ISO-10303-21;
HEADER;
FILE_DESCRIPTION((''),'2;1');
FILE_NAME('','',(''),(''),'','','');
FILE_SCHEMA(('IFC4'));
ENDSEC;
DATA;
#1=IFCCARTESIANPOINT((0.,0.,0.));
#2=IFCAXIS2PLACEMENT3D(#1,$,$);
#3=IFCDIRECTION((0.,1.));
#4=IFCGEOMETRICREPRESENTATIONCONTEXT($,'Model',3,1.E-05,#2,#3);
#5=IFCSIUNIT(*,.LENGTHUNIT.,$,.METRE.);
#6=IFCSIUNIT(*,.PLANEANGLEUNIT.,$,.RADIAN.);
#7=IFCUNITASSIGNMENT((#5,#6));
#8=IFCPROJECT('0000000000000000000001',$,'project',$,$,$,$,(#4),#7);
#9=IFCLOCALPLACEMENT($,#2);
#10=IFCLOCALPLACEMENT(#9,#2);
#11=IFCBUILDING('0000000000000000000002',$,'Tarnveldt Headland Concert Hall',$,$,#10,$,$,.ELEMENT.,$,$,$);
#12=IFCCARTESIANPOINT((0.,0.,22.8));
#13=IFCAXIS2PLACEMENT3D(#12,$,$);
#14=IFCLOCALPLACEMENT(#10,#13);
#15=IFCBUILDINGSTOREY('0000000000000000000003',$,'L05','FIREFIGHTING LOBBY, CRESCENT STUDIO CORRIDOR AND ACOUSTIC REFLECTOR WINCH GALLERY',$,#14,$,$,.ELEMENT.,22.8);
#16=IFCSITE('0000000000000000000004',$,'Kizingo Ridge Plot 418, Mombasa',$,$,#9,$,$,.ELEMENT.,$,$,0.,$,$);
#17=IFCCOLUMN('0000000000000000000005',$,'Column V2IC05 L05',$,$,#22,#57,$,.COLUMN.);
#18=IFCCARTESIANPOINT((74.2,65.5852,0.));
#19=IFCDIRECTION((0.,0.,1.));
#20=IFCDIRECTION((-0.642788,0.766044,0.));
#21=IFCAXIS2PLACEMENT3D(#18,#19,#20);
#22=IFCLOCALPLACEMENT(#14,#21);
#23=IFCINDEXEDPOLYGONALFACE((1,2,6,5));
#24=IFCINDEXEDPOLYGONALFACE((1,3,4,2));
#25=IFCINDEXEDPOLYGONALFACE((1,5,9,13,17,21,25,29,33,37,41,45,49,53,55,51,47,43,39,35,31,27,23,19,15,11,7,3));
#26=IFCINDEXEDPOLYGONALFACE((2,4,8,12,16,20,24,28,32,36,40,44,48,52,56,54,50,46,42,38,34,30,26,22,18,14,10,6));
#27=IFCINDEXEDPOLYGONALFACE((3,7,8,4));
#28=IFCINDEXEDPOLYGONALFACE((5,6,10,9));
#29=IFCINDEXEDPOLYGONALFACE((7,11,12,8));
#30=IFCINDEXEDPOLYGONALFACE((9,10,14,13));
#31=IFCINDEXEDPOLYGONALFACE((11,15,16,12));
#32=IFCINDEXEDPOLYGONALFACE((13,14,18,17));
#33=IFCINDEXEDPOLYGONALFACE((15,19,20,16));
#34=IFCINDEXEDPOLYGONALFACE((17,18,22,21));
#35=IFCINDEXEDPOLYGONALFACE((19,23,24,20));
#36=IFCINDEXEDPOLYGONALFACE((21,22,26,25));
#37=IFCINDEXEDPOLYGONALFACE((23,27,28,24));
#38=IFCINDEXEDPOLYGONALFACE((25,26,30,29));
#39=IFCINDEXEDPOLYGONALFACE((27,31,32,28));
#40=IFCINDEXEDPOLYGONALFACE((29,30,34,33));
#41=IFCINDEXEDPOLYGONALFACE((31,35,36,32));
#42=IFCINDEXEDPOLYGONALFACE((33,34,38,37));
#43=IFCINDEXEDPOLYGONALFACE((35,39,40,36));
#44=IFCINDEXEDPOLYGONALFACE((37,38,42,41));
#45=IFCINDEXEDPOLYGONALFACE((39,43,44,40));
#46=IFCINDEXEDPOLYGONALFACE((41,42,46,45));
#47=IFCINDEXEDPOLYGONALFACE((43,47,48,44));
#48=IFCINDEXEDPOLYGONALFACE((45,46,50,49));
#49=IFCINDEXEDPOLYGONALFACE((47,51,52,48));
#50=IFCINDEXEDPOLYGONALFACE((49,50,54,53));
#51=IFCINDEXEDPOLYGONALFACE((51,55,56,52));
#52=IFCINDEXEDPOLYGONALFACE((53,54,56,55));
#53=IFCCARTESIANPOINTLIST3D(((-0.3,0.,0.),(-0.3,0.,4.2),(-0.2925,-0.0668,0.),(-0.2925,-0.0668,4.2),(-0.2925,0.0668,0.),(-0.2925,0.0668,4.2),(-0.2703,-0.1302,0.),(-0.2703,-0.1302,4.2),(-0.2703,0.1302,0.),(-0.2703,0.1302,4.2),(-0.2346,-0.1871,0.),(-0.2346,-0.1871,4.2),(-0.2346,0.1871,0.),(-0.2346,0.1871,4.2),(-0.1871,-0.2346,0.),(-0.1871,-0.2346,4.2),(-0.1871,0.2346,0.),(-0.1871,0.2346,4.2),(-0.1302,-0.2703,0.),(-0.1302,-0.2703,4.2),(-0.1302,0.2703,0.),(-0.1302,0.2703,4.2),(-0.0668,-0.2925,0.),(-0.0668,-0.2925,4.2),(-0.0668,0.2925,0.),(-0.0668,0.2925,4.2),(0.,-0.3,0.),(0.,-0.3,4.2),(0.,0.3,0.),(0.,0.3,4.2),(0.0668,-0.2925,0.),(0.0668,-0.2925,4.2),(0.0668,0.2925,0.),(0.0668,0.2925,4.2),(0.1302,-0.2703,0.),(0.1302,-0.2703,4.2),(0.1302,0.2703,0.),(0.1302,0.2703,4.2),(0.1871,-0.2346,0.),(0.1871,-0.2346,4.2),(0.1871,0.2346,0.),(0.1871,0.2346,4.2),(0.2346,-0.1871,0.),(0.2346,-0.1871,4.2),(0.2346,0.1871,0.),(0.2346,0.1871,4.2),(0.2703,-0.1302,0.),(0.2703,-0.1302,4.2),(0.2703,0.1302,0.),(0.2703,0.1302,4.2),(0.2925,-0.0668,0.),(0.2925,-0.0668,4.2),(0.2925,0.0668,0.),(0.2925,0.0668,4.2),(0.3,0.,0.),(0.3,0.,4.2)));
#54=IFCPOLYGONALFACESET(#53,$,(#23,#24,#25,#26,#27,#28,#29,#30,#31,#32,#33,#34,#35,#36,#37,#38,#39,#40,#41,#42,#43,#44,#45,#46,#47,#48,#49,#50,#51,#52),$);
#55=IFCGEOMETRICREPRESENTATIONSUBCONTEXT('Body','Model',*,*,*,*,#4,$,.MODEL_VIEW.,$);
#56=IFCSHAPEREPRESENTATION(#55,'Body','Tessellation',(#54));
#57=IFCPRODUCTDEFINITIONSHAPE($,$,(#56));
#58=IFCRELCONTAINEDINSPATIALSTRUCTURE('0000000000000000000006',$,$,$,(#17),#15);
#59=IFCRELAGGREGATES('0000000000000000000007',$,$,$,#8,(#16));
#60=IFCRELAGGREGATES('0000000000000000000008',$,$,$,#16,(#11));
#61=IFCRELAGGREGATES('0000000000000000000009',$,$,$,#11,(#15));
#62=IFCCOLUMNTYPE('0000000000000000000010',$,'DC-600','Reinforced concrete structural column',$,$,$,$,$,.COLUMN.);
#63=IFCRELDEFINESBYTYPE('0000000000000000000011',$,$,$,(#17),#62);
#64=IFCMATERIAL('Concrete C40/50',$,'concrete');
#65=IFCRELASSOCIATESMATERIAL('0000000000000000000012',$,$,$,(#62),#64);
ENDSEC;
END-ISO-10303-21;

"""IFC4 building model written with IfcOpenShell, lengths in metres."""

from ifc_helpers import new_model, si_unit, direction, frame, origin, origin_2d, place, context, subcontext, project, spatial, circle, extrude, material, material_profile, profile_set, type_object, element, save


model = new_model("IFC4")

# Units and contexts
model_context = context("Model", 3, precision=1e-05, world=origin(), true_north=direction((0.0, 1.0)))
body_context = subcontext(model_context, "Body", "Model", "MODEL_VIEW")
ifc_project = project(units=[si_unit("LENGTHUNIT", "METRE"), si_unit("PLANEANGLEUNIT", "RADIAN")], contexts=[model_context])

# Site, building, storey
site_placement = place(None, origin())
site = spatial("IfcSite", under=ifc_project, at=site_placement, Name="Kizingo Ridge Plot 418, Mombasa", CompositionType="ELEMENT", RefElevation=0.0)
building_placement = place(site_placement, origin())
building = spatial("IfcBuilding", under=site, at=building_placement, Name="Tarnveldt Headland Concert Hall", CompositionType="ELEMENT")
storey_placement = place(building_placement, frame((0.0, 0.0, 22.8)))
storey = spatial("IfcBuildingStorey", under=building, at=storey_placement, Name="L05", Description="FIREFIGHTING LOBBY, CRESCENT STUDIO CORRIDOR AND ACOUSTIC REFLECTOR WINCH GALLERY", CompositionType="ELEMENT", Elevation=22.8)

# Column
ifc_material_1 = material(Name="Concrete C40/50", Category="concrete")
ifc_material_profile_1 = material_profile(ifc_material_1, circle(Radius=0.3, at=origin_2d()), Name="RC D600", Category="concrete")
ifc_profile_set_1 = profile_set([ifc_material_profile_1], Name="Concrete C40/50")
column_type = type_object("IfcColumnType", Name="DC-600", Description="Reinforced concrete structural column", PredefinedType="COLUMN", material=ifc_profile_set_1)
column_placement = place(storey_placement, frame((74.2, 65.5852, 0.0), z_axis=(0.0, 0.0, 1.0), x_axis=(-0.642788, 0.766044, 0.0)))
element("IfcColumn", 1, at=column_placement, inside=storey, type_object=column_type, Name="Column V2IC05 L05", PredefinedType="COLUMN", context=body_context, shape_type="SweptSolid", body=[
    extrude(circle(Radius=0.3, at=origin_2d()), origin(), (0.0, 0.0, 1.0), 4.2),
])

save(model, "model.ifc")
